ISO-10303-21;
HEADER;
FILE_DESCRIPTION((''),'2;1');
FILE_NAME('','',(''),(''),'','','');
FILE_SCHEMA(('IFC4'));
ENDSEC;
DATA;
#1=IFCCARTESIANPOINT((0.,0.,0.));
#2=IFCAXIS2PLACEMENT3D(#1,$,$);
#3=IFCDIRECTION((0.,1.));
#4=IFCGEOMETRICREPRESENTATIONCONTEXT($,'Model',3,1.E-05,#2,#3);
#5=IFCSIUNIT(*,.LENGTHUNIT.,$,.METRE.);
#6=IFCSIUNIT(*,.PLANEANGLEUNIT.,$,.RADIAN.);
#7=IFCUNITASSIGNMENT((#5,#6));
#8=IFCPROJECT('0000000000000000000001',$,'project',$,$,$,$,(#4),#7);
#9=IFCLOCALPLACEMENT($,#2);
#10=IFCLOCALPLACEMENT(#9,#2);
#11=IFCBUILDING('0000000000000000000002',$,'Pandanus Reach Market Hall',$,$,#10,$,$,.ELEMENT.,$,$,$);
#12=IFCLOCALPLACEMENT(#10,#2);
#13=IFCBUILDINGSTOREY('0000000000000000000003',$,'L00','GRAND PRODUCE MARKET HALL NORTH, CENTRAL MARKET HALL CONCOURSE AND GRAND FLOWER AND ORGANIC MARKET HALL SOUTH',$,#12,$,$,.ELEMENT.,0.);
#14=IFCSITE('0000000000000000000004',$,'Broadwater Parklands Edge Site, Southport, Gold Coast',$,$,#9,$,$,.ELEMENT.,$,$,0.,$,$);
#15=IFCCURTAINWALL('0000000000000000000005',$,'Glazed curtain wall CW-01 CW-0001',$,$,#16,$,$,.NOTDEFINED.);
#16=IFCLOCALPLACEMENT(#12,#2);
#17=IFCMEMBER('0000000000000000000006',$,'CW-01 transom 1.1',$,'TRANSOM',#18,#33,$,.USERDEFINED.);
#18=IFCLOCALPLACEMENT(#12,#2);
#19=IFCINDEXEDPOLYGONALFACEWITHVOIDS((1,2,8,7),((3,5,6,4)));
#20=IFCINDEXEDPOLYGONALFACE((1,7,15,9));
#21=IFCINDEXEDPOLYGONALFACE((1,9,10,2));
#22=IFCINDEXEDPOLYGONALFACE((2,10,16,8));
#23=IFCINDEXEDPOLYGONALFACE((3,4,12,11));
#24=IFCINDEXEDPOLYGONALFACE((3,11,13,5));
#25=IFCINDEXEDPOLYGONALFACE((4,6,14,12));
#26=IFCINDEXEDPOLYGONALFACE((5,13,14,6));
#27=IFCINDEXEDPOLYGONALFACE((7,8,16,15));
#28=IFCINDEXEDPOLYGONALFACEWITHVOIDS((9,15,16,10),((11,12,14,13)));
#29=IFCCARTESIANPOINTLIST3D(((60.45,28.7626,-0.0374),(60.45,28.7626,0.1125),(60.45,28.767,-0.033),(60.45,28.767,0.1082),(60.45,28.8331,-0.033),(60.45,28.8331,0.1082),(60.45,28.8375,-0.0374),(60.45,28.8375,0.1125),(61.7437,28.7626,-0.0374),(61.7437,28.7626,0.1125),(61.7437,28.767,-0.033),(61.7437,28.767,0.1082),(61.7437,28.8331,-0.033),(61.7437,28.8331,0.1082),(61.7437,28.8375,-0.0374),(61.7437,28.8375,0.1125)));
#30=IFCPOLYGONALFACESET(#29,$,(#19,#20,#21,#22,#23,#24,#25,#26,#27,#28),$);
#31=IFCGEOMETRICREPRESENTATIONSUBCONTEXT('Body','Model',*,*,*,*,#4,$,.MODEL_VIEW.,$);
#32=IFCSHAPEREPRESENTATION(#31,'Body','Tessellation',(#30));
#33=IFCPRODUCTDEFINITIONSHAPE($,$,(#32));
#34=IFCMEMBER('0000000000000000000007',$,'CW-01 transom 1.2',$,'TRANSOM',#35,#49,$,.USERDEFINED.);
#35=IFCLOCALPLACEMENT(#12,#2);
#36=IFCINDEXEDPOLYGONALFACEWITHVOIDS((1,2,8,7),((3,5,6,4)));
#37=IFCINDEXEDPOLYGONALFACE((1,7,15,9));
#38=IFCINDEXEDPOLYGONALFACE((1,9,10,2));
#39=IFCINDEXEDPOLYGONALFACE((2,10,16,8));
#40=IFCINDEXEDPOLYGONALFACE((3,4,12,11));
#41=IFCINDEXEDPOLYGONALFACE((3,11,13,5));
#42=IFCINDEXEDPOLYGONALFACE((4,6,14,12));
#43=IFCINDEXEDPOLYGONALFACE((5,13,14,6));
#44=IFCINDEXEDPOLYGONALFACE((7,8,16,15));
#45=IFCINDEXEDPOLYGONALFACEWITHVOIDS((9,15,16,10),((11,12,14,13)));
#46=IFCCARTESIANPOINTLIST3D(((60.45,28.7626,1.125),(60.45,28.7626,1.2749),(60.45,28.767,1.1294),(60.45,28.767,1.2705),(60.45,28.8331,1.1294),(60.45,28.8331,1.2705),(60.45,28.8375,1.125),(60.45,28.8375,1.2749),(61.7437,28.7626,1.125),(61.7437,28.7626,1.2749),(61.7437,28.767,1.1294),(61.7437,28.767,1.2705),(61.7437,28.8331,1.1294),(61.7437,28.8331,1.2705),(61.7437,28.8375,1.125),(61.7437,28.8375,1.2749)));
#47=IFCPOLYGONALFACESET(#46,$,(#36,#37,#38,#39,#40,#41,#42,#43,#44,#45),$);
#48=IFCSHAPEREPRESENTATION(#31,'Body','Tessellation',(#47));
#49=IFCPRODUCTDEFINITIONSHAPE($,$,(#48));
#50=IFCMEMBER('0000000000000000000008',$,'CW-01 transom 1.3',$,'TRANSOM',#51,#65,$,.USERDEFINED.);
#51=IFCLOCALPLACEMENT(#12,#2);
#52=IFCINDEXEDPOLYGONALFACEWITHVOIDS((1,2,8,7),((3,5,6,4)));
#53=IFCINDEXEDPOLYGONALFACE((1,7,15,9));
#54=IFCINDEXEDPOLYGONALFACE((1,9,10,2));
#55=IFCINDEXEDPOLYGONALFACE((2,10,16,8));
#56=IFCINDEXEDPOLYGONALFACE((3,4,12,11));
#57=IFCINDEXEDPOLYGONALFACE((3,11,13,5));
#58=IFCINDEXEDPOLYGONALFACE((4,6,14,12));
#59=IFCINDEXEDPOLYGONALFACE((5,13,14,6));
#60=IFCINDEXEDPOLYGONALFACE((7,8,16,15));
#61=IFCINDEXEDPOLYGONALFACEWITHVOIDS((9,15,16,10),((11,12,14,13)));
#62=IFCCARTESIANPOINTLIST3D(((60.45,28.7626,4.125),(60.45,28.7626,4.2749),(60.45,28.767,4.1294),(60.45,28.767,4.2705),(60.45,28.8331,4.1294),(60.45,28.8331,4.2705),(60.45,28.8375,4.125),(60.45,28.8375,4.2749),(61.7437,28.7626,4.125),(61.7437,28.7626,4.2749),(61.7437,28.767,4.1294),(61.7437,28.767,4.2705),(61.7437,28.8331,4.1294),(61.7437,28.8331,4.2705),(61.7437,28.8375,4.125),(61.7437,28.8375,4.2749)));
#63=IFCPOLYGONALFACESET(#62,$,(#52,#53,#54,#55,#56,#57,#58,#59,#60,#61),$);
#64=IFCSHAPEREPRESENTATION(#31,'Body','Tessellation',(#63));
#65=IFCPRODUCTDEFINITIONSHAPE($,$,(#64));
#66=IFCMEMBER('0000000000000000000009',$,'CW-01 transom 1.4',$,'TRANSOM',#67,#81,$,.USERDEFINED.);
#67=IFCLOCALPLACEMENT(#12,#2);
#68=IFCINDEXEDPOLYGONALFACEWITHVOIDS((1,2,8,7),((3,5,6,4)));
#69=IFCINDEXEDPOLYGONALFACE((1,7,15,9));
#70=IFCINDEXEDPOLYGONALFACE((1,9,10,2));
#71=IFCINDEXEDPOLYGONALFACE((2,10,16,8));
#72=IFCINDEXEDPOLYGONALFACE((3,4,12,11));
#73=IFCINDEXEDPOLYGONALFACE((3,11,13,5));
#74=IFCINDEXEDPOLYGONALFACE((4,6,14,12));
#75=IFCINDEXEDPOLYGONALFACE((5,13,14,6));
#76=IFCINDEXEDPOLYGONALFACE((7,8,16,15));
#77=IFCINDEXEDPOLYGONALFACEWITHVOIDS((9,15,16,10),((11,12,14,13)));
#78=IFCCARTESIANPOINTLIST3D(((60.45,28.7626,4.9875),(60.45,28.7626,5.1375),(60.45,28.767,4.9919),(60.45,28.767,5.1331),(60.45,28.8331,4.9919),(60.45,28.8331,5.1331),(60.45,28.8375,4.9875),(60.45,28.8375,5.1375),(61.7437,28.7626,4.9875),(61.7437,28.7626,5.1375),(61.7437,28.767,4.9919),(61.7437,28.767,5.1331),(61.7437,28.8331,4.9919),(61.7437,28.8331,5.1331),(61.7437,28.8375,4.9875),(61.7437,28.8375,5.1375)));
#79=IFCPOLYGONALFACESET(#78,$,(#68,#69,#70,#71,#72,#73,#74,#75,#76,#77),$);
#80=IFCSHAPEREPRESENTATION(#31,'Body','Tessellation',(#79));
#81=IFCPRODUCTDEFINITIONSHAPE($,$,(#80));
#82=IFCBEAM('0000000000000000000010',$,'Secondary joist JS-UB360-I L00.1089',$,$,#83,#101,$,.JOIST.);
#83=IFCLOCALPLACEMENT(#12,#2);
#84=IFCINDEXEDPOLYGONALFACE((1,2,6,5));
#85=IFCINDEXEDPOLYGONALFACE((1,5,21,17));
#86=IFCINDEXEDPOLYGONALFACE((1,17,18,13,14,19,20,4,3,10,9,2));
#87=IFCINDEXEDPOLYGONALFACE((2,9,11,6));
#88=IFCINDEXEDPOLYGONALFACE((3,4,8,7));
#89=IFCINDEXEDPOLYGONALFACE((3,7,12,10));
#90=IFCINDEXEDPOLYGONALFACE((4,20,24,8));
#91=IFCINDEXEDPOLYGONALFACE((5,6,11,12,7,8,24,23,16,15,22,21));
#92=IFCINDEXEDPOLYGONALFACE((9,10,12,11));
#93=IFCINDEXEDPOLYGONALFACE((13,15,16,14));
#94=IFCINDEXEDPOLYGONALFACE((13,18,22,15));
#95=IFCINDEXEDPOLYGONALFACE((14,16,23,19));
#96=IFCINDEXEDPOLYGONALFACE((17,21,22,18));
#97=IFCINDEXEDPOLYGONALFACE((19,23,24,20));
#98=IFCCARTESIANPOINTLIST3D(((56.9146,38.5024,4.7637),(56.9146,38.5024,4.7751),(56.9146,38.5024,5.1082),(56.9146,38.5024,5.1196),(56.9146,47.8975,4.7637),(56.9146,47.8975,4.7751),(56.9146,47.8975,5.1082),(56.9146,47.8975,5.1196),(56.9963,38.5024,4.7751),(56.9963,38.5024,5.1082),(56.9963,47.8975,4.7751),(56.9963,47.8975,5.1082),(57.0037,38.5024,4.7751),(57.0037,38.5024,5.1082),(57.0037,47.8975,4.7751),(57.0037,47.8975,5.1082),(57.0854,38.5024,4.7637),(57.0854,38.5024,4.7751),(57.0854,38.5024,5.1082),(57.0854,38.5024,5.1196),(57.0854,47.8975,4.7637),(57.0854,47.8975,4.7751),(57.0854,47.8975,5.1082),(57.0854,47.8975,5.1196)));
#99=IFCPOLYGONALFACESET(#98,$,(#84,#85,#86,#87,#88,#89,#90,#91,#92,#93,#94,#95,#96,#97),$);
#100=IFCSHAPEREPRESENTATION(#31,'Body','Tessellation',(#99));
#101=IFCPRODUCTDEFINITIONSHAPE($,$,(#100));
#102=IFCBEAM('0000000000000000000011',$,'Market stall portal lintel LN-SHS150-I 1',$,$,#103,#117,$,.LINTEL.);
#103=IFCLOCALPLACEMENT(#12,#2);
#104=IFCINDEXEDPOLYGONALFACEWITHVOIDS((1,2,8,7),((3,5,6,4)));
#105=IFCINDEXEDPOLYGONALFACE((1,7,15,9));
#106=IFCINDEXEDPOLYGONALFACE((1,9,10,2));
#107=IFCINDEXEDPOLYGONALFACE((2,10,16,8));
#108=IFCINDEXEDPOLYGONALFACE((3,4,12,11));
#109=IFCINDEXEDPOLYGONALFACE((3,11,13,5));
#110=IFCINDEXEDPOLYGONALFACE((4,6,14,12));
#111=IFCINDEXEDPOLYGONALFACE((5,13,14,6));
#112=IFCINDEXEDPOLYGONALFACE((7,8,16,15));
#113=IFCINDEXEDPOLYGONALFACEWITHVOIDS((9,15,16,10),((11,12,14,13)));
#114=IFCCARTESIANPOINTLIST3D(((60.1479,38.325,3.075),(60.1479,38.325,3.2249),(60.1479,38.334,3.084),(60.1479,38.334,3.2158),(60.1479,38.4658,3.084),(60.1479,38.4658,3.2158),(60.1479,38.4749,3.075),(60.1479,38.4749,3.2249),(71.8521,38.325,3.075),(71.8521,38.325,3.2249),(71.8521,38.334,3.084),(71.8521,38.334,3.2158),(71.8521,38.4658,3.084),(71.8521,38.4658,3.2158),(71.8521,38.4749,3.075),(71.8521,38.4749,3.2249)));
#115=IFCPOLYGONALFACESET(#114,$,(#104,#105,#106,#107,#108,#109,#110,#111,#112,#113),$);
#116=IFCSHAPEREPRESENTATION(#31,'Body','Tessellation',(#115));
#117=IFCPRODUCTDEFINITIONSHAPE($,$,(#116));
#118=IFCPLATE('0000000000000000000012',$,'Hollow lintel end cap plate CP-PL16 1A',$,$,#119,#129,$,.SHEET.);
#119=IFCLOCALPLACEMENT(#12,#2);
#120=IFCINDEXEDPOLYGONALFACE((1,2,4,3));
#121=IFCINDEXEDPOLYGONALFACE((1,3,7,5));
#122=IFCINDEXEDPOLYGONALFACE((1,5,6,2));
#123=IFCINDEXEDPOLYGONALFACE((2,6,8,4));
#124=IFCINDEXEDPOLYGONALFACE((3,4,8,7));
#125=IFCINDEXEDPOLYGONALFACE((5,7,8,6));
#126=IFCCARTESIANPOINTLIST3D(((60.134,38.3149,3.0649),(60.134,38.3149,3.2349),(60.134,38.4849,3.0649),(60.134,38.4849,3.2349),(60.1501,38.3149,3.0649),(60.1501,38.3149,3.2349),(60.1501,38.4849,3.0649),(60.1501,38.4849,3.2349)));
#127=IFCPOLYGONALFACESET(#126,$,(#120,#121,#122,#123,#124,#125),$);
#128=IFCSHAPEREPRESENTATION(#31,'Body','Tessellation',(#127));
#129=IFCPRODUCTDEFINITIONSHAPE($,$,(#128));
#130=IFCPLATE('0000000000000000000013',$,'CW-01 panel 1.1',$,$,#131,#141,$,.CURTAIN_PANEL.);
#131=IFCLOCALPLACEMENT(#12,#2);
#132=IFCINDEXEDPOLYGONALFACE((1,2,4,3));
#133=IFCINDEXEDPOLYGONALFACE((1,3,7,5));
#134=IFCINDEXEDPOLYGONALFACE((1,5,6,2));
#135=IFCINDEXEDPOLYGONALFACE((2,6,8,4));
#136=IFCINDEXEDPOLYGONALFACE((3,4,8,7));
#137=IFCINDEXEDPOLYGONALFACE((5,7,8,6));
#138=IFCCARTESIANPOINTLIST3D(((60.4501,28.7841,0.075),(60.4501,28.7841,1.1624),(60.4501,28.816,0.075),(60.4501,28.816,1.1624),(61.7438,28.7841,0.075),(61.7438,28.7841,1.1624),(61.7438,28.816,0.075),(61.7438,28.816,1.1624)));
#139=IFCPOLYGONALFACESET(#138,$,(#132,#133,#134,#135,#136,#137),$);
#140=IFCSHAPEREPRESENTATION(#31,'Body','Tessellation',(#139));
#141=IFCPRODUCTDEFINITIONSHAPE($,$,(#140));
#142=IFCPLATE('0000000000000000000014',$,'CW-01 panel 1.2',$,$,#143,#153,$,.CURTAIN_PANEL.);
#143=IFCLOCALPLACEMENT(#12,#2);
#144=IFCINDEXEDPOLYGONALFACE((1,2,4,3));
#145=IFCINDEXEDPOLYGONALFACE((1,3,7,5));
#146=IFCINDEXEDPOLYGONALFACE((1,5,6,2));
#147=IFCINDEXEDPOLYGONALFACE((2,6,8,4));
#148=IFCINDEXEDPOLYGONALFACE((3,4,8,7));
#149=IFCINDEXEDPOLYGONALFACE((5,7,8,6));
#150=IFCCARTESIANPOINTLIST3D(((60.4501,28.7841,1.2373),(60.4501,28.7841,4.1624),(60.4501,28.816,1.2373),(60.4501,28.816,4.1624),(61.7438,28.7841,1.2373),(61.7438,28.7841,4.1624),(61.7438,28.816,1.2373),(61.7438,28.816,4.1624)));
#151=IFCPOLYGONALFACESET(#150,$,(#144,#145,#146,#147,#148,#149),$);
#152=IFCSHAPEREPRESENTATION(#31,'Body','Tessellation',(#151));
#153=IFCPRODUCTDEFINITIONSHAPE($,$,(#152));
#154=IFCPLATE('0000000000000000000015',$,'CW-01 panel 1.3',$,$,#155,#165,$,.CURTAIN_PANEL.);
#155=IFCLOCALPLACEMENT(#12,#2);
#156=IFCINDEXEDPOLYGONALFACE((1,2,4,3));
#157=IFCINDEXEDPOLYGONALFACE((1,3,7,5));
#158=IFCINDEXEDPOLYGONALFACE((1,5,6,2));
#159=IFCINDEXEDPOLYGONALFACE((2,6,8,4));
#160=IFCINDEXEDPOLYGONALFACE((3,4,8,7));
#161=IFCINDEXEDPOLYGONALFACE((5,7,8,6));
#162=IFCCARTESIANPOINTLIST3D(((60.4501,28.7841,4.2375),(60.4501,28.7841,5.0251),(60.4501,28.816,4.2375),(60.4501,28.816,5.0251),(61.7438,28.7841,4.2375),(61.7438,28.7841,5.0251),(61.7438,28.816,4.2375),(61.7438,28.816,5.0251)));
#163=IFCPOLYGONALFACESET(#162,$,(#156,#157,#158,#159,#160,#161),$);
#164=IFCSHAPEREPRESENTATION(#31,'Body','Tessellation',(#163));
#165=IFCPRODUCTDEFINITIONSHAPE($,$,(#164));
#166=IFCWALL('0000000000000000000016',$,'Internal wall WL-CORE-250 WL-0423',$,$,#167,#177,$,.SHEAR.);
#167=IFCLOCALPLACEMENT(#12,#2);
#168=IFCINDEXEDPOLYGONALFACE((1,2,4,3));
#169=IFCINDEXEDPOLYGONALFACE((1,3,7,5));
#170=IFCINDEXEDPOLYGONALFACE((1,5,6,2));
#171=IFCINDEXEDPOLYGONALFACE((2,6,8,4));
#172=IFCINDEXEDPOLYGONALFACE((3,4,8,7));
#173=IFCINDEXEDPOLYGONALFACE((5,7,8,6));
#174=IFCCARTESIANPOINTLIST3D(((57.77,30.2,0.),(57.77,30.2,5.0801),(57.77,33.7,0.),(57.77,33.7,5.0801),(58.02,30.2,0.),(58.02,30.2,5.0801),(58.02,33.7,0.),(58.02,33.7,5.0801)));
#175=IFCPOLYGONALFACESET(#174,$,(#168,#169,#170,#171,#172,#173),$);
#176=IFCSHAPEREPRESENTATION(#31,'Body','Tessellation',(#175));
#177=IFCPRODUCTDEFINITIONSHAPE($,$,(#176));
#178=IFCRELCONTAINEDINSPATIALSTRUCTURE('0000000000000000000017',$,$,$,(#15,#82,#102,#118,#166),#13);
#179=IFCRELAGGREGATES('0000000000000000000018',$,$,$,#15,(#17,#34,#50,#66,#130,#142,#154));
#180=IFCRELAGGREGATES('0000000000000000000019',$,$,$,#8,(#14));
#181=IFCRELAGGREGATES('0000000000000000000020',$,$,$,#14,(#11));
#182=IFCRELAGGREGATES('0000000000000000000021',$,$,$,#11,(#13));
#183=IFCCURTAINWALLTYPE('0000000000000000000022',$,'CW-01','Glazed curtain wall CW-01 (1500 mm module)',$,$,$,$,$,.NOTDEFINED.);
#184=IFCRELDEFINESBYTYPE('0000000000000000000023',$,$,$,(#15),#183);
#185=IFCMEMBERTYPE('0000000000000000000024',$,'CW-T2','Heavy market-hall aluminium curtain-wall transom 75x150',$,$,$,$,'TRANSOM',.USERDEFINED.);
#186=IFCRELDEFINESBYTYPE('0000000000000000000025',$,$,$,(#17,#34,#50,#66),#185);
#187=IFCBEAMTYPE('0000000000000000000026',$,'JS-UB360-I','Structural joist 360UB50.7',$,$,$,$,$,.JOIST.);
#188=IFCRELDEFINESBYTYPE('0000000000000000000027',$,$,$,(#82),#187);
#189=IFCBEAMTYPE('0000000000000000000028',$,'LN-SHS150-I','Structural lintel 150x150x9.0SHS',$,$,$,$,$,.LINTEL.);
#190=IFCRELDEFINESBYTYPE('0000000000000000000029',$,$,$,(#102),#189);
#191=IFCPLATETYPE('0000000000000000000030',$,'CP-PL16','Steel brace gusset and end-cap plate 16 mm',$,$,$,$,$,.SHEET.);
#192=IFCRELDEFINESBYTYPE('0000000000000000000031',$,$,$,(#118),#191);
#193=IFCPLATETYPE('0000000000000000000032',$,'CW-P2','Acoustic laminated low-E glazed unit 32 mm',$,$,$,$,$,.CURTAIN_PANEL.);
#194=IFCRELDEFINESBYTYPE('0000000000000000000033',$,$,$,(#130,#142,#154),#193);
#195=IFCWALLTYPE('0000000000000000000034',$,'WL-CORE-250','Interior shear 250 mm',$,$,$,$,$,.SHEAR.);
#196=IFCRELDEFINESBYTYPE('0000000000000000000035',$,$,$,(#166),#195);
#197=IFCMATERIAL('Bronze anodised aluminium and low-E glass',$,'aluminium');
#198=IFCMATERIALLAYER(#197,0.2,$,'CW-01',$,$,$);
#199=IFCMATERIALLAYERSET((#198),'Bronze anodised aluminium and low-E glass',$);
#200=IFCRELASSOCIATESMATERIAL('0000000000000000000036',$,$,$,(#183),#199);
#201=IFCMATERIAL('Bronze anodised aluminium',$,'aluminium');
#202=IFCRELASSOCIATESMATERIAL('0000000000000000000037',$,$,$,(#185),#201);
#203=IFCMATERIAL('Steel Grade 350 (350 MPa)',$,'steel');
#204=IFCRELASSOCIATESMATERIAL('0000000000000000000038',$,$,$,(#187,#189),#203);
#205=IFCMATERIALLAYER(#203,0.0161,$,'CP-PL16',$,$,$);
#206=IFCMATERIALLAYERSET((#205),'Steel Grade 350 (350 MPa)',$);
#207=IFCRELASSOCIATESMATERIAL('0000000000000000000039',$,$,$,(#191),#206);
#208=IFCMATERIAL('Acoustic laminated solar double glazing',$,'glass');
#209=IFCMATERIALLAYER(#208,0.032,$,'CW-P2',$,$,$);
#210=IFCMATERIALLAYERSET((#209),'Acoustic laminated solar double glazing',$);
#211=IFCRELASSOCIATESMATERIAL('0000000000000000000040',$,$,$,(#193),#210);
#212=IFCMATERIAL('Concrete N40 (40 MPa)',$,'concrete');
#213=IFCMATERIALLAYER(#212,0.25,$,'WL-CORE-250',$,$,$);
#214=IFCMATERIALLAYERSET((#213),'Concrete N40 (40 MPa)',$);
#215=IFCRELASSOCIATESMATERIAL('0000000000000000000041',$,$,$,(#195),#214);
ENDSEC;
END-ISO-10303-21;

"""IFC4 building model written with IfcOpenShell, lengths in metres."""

from ifc_helpers import new_model, si_unit, direction, frame, frame_2d, origin, origin_2d, place, context, subcontext, project, spatial, rectangle, hollow_rectangle, i_section, extrude, material, layer, layer_set, material_profile, profile_set, type_object, element, aggregate, save


model = new_model("IFC4")

# Units and contexts
model_context = context("Model", 3, precision=1e-05, world=origin(), true_north=direction((0.0, 1.0)))
body_context = subcontext(model_context, "Body", "Model", "MODEL_VIEW")
ifc_project = project(units=[si_unit("LENGTHUNIT", "METRE"), si_unit("PLANEANGLEUNIT", "RADIAN")], contexts=[model_context])

# Site, building, storey
site_placement = place(None, origin())
site = spatial("IfcSite", under=ifc_project, at=site_placement, Name="Broadwater Parklands Edge Site, Southport, Gold Coast", CompositionType="ELEMENT", RefElevation=0.0)
building_placement = place(site_placement, origin())
building = spatial("IfcBuilding", under=site, at=building_placement, Name="Pandanus Reach Market Hall", CompositionType="ELEMENT")
storey_placement = place(building_placement, origin())
storey = spatial("IfcBuildingStorey", under=building, at=storey_placement, Name="L00", Description="GRAND PRODUCE MARKET HALL NORTH, CENTRAL MARKET HALL CONCOURSE AND GRAND FLOWER AND ORGANIC MARKET HALL SOUTH", CompositionType="ELEMENT", Elevation=0.0)

# Shared definitions
ifc_material_1 = material(Name="Concrete N40 (40 MPa)", Category="concrete")

# Shared definitions
ifc_material_2 = material(Name="Steel Grade 350 (350 MPa)", Category="steel")

# Curtain wall, members
ifc_material_3 = material(Name="Bronze anodised aluminium and low-E glass", Category="aluminium")
ifc_layer_1 = layer(ifc_material_3, 0.2, Name="CW-01")
ifc_layer_set_1 = layer_set([ifc_layer_1], Name="Bronze anodised aluminium and low-E glass")
curtain_wall_type = type_object("IfcCurtainWallType", Name="CW-01", Description="Glazed curtain wall CW-01 (1500 mm module)", PredefinedType="NOTDEFINED", material=ifc_layer_set_1)
curtain_wall_placement = place(storey_placement, origin())
curtain_wall = element("IfcCurtainWall", 1, at=curtain_wall_placement, inside=storey, type_object=curtain_wall_type, Name="Glazed curtain wall CW-01 CW-0001", PredefinedType="NOTDEFINED")
ifc_material_4 = material(Name="Bronze anodised aluminium", Category="aluminium")
ifc_material_profile_1 = material_profile(ifc_material_4, hollow_rectangle(XDim=0.075, YDim=0.1499, WallThickness=0.0044, at=origin_2d()), Name="ALU75x150", Category="LoadBearing")
ifc_profile_set_1 = profile_set([ifc_material_profile_1], Name="Bronze anodised aluminium")
member_type_1 = type_object("IfcMemberType", Name="CW-T2", Description="Heavy market-hall aluminium curtain-wall transom 75x150", ElementType="TRANSOM", PredefinedType="USERDEFINED", material=ifc_profile_set_1)
member_1_placement = place(storey_placement, frame((60.45, 28.8, 0.0376), z_axis=(1.0, 0.0, 0.0), x_axis=(0.0, 1.0, 0.0)))
member_1 = element("IfcMember", 2, at=member_1_placement, type_object=member_type_1, Name="CW-01 transom 1.1", ObjectType="TRANSOM", PredefinedType="USERDEFINED", context=body_context, shape_type="SweptSolid", body=[
    extrude(hollow_rectangle(XDim=0.075, YDim=0.1499, WallThickness=0.0044, at=origin_2d()), origin(), (0.0, 0.0, 1.0), 1.2937),
])
member_2_placement = place(storey_placement, frame((60.45, 28.8, 1.2), z_axis=(1.0, 0.0, 0.0), x_axis=(0.0, 1.0, 0.0)))
member_2 = element("IfcMember", 3, at=member_2_placement, type_object=member_type_1, Name="CW-01 transom 1.2", ObjectType="TRANSOM", PredefinedType="USERDEFINED", context=body_context, shape_type="SweptSolid", body=[
    extrude(hollow_rectangle(XDim=0.075, YDim=0.1499, WallThickness=0.0044, at=origin_2d()), origin(), (0.0, 0.0, 1.0), 1.2937),
])
member_3_placement = place(storey_placement, frame((60.45, 28.8, 4.2), z_axis=(1.0, 0.0, 0.0), x_axis=(0.0, 1.0, 0.0)))
member_3 = element("IfcMember", 4, at=member_3_placement, type_object=member_type_1, Name="CW-01 transom 1.3", ObjectType="TRANSOM", PredefinedType="USERDEFINED", context=body_context, shape_type="SweptSolid", body=[
    extrude(hollow_rectangle(XDim=0.075, YDim=0.1499, WallThickness=0.0044, at=origin_2d()), origin(), (0.0, 0.0, 1.0), 1.2937),
])
member_4_placement = place(storey_placement, frame((60.45, 28.8, 5.0625), z_axis=(1.0, 0.0, 0.0), x_axis=(0.0, 1.0, 0.0)))
member_4 = element("IfcMember", 5, at=member_4_placement, type_object=member_type_1, Name="CW-01 transom 1.4", ObjectType="TRANSOM", PredefinedType="USERDEFINED", context=body_context, shape_type="SweptSolid", body=[
    extrude(hollow_rectangle(XDim=0.075, YDim=0.1499, WallThickness=0.0044, at=origin_2d()), origin(), (0.0, 0.0, 1.0), 1.2937),
])

# Beams
ifc_material_profile_2 = material_profile(ifc_material_2, i_section(OverallWidth=0.1709, OverallDepth=0.356, WebThickness=0.0073, FlangeThickness=0.0115, at=origin_2d()), Name="360UB50.7", Category="LoadBearing")
ifc_profile_set_2 = profile_set([ifc_material_profile_2], Name="Steel Grade 350 (350 MPa)")
beam_type_1 = type_object("IfcBeamType", Name="JS-UB360-I", Description="Structural joist 360UB50.7", PredefinedType="JOIST", material=ifc_profile_set_2)
beam_1_placement = place(storey_placement, frame((57.0, 38.5024, 4.9417), z_axis=(0.0, 1.0, 0.0), x_axis=(-1.0, 0.0, 0.0)))
element("IfcBeam", 6, at=beam_1_placement, inside=storey, type_object=beam_type_1, Name="Secondary joist JS-UB360-I L00.1089", PredefinedType="JOIST", context=body_context, shape_type="SweptSolid", body=[
    extrude(i_section(OverallWidth=0.1709, OverallDepth=0.356, WebThickness=0.0073, FlangeThickness=0.0115, at=origin_2d()), origin(), (0.0, 0.0, 1.0), 9.395),
])
ifc_material_profile_3 = material_profile(ifc_material_2, hollow_rectangle(XDim=0.1499, YDim=0.1499, WallThickness=0.009, at=origin_2d()), Name="150x150x9.0SHS", Category="LoadBearing")
ifc_profile_set_3 = profile_set([ifc_material_profile_3], Name="Steel Grade 350 (350 MPa)")
beam_type_2 = type_object("IfcBeamType", Name="LN-SHS150-I", Description="Structural lintel 150x150x9.0SHS", PredefinedType="LINTEL", material=ifc_profile_set_3)
beam_2_placement = place(storey_placement, frame((60.1479, 38.3999, 3.1499), z_axis=(1.0, 0.0, 0.0), x_axis=(0.0, 1.0, 0.0)))
element("IfcBeam", 7, at=beam_2_placement, inside=storey, type_object=beam_type_2, Name="Market stall portal lintel LN-SHS150-I 1", PredefinedType="LINTEL", context=body_context, shape_type="SweptSolid", body=[
    extrude(hollow_rectangle(XDim=0.1499, YDim=0.1499, WallThickness=0.009, at=origin_2d()), origin(), (0.0, 0.0, 1.0), 11.7041),
])

# Plates
ifc_layer_2 = layer(ifc_material_2, 0.0161, Name="CP-PL16")
ifc_layer_set_2 = layer_set([ifc_layer_2], Name="Steel Grade 350 (350 MPa)")
plate_type_1 = type_object("IfcPlateType", Name="CP-PL16", Description="Steel brace gusset and end-cap plate 16 mm", PredefinedType="SHEET", material=ifc_layer_set_2)
plate_1_placement = place(storey_placement, frame((60.1421, 38.3999, 3.0649), z_axis=(0.0, 0.0, 1.0), x_axis=(1.0, 0.0, 0.0)))
element("IfcPlate", 8, at=plate_1_placement, inside=storey, type_object=plate_type_1, Name="Hollow lintel end cap plate CP-PL16 1A", PredefinedType="SHEET", context=body_context, shape_type="SweptSolid", body=[
    extrude(rectangle(XDim=0.0161, YDim=0.1699, at=origin_2d()), origin(), (0.0, 0.0, 1.0), 0.1699),
])
ifc_material_5 = material(Name="Acoustic laminated solar double glazing", Category="glass")
ifc_layer_3 = layer(ifc_material_5, 0.032, Name="CW-P2")
ifc_layer_set_3 = layer_set([ifc_layer_3], Name="Acoustic laminated solar double glazing")
plate_type_2 = type_object("IfcPlateType", Name="CW-P2", Description="Acoustic laminated low-E glazed unit 32 mm", PredefinedType="CURTAIN_PANEL", material=ifc_layer_set_3)
plate_2_placement = place(storey_placement, frame((61.0969, 28.8, 0.075), z_axis=(0.0, 0.0, 1.0), x_axis=(1.0, 0.0, 0.0)))
plate_2 = element("IfcPlate", 9, at=plate_2_placement, type_object=plate_type_2, Name="CW-01 panel 1.1", PredefinedType="CURTAIN_PANEL", context=body_context, shape_type="SweptSolid", body=[
    extrude(rectangle(XDim=1.2937, YDim=0.032, at=origin_2d()), origin(), (0.0, 0.0, 1.0), 1.0874),
])
plate_3_placement = place(storey_placement, frame((61.0969, 28.8, 1.2373), z_axis=(0.0, 0.0, 1.0), x_axis=(1.0, 0.0, 0.0)))
plate_3 = element("IfcPlate", 10, at=plate_3_placement, type_object=plate_type_2, Name="CW-01 panel 1.2", PredefinedType="CURTAIN_PANEL", context=body_context, shape_type="SweptSolid", body=[
    extrude(rectangle(XDim=1.2937, YDim=0.032, at=origin_2d()), origin(), (0.0, 0.0, 1.0), 2.925),
])
plate_4_placement = place(storey_placement, frame((61.0969, 28.8, 4.2375), z_axis=(0.0, 0.0, 1.0), x_axis=(1.0, 0.0, 0.0)))
plate_4 = element("IfcPlate", 11, at=plate_4_placement, type_object=plate_type_2, Name="CW-01 panel 1.3", PredefinedType="CURTAIN_PANEL", context=body_context, shape_type="SweptSolid", body=[
    extrude(rectangle(XDim=1.2937, YDim=0.032, at=origin_2d()), origin(), (0.0, 0.0, 1.0), 0.7876),
])
aggregate(curtain_wall, [member_1, member_2, member_3, member_4, plate_2, plate_3, plate_4])

# Wall
ifc_layer_4 = layer(ifc_material_1, 0.25, Name="WL-CORE-250")
ifc_layer_set_4 = layer_set([ifc_layer_4], Name="Concrete N40 (40 MPa)")
wall_type_1 = type_object("IfcWallType", Name="WL-CORE-250", Description="Interior shear 250 mm", PredefinedType="SHEAR", material=ifc_layer_set_4)
wall_1_placement = place(storey_placement, frame((57.895, 30.2, 0.0), z_axis=(0.0, 0.0, 1.0), x_axis=(0.0, 1.0, 0.0)))
element("IfcWall", 12, at=wall_1_placement, inside=storey, type_object=wall_type_1, Name="Internal wall WL-CORE-250 WL-0423", PredefinedType="SHEAR", context=body_context, shape_type="SweptSolid", body=[
    extrude(rectangle(XDim=3.5, YDim=0.25, at=frame_2d((1.75, 0.0))), origin(), (0.0, 0.0, 1.0), 5.0801),
])

save(model, "model.ifc")
